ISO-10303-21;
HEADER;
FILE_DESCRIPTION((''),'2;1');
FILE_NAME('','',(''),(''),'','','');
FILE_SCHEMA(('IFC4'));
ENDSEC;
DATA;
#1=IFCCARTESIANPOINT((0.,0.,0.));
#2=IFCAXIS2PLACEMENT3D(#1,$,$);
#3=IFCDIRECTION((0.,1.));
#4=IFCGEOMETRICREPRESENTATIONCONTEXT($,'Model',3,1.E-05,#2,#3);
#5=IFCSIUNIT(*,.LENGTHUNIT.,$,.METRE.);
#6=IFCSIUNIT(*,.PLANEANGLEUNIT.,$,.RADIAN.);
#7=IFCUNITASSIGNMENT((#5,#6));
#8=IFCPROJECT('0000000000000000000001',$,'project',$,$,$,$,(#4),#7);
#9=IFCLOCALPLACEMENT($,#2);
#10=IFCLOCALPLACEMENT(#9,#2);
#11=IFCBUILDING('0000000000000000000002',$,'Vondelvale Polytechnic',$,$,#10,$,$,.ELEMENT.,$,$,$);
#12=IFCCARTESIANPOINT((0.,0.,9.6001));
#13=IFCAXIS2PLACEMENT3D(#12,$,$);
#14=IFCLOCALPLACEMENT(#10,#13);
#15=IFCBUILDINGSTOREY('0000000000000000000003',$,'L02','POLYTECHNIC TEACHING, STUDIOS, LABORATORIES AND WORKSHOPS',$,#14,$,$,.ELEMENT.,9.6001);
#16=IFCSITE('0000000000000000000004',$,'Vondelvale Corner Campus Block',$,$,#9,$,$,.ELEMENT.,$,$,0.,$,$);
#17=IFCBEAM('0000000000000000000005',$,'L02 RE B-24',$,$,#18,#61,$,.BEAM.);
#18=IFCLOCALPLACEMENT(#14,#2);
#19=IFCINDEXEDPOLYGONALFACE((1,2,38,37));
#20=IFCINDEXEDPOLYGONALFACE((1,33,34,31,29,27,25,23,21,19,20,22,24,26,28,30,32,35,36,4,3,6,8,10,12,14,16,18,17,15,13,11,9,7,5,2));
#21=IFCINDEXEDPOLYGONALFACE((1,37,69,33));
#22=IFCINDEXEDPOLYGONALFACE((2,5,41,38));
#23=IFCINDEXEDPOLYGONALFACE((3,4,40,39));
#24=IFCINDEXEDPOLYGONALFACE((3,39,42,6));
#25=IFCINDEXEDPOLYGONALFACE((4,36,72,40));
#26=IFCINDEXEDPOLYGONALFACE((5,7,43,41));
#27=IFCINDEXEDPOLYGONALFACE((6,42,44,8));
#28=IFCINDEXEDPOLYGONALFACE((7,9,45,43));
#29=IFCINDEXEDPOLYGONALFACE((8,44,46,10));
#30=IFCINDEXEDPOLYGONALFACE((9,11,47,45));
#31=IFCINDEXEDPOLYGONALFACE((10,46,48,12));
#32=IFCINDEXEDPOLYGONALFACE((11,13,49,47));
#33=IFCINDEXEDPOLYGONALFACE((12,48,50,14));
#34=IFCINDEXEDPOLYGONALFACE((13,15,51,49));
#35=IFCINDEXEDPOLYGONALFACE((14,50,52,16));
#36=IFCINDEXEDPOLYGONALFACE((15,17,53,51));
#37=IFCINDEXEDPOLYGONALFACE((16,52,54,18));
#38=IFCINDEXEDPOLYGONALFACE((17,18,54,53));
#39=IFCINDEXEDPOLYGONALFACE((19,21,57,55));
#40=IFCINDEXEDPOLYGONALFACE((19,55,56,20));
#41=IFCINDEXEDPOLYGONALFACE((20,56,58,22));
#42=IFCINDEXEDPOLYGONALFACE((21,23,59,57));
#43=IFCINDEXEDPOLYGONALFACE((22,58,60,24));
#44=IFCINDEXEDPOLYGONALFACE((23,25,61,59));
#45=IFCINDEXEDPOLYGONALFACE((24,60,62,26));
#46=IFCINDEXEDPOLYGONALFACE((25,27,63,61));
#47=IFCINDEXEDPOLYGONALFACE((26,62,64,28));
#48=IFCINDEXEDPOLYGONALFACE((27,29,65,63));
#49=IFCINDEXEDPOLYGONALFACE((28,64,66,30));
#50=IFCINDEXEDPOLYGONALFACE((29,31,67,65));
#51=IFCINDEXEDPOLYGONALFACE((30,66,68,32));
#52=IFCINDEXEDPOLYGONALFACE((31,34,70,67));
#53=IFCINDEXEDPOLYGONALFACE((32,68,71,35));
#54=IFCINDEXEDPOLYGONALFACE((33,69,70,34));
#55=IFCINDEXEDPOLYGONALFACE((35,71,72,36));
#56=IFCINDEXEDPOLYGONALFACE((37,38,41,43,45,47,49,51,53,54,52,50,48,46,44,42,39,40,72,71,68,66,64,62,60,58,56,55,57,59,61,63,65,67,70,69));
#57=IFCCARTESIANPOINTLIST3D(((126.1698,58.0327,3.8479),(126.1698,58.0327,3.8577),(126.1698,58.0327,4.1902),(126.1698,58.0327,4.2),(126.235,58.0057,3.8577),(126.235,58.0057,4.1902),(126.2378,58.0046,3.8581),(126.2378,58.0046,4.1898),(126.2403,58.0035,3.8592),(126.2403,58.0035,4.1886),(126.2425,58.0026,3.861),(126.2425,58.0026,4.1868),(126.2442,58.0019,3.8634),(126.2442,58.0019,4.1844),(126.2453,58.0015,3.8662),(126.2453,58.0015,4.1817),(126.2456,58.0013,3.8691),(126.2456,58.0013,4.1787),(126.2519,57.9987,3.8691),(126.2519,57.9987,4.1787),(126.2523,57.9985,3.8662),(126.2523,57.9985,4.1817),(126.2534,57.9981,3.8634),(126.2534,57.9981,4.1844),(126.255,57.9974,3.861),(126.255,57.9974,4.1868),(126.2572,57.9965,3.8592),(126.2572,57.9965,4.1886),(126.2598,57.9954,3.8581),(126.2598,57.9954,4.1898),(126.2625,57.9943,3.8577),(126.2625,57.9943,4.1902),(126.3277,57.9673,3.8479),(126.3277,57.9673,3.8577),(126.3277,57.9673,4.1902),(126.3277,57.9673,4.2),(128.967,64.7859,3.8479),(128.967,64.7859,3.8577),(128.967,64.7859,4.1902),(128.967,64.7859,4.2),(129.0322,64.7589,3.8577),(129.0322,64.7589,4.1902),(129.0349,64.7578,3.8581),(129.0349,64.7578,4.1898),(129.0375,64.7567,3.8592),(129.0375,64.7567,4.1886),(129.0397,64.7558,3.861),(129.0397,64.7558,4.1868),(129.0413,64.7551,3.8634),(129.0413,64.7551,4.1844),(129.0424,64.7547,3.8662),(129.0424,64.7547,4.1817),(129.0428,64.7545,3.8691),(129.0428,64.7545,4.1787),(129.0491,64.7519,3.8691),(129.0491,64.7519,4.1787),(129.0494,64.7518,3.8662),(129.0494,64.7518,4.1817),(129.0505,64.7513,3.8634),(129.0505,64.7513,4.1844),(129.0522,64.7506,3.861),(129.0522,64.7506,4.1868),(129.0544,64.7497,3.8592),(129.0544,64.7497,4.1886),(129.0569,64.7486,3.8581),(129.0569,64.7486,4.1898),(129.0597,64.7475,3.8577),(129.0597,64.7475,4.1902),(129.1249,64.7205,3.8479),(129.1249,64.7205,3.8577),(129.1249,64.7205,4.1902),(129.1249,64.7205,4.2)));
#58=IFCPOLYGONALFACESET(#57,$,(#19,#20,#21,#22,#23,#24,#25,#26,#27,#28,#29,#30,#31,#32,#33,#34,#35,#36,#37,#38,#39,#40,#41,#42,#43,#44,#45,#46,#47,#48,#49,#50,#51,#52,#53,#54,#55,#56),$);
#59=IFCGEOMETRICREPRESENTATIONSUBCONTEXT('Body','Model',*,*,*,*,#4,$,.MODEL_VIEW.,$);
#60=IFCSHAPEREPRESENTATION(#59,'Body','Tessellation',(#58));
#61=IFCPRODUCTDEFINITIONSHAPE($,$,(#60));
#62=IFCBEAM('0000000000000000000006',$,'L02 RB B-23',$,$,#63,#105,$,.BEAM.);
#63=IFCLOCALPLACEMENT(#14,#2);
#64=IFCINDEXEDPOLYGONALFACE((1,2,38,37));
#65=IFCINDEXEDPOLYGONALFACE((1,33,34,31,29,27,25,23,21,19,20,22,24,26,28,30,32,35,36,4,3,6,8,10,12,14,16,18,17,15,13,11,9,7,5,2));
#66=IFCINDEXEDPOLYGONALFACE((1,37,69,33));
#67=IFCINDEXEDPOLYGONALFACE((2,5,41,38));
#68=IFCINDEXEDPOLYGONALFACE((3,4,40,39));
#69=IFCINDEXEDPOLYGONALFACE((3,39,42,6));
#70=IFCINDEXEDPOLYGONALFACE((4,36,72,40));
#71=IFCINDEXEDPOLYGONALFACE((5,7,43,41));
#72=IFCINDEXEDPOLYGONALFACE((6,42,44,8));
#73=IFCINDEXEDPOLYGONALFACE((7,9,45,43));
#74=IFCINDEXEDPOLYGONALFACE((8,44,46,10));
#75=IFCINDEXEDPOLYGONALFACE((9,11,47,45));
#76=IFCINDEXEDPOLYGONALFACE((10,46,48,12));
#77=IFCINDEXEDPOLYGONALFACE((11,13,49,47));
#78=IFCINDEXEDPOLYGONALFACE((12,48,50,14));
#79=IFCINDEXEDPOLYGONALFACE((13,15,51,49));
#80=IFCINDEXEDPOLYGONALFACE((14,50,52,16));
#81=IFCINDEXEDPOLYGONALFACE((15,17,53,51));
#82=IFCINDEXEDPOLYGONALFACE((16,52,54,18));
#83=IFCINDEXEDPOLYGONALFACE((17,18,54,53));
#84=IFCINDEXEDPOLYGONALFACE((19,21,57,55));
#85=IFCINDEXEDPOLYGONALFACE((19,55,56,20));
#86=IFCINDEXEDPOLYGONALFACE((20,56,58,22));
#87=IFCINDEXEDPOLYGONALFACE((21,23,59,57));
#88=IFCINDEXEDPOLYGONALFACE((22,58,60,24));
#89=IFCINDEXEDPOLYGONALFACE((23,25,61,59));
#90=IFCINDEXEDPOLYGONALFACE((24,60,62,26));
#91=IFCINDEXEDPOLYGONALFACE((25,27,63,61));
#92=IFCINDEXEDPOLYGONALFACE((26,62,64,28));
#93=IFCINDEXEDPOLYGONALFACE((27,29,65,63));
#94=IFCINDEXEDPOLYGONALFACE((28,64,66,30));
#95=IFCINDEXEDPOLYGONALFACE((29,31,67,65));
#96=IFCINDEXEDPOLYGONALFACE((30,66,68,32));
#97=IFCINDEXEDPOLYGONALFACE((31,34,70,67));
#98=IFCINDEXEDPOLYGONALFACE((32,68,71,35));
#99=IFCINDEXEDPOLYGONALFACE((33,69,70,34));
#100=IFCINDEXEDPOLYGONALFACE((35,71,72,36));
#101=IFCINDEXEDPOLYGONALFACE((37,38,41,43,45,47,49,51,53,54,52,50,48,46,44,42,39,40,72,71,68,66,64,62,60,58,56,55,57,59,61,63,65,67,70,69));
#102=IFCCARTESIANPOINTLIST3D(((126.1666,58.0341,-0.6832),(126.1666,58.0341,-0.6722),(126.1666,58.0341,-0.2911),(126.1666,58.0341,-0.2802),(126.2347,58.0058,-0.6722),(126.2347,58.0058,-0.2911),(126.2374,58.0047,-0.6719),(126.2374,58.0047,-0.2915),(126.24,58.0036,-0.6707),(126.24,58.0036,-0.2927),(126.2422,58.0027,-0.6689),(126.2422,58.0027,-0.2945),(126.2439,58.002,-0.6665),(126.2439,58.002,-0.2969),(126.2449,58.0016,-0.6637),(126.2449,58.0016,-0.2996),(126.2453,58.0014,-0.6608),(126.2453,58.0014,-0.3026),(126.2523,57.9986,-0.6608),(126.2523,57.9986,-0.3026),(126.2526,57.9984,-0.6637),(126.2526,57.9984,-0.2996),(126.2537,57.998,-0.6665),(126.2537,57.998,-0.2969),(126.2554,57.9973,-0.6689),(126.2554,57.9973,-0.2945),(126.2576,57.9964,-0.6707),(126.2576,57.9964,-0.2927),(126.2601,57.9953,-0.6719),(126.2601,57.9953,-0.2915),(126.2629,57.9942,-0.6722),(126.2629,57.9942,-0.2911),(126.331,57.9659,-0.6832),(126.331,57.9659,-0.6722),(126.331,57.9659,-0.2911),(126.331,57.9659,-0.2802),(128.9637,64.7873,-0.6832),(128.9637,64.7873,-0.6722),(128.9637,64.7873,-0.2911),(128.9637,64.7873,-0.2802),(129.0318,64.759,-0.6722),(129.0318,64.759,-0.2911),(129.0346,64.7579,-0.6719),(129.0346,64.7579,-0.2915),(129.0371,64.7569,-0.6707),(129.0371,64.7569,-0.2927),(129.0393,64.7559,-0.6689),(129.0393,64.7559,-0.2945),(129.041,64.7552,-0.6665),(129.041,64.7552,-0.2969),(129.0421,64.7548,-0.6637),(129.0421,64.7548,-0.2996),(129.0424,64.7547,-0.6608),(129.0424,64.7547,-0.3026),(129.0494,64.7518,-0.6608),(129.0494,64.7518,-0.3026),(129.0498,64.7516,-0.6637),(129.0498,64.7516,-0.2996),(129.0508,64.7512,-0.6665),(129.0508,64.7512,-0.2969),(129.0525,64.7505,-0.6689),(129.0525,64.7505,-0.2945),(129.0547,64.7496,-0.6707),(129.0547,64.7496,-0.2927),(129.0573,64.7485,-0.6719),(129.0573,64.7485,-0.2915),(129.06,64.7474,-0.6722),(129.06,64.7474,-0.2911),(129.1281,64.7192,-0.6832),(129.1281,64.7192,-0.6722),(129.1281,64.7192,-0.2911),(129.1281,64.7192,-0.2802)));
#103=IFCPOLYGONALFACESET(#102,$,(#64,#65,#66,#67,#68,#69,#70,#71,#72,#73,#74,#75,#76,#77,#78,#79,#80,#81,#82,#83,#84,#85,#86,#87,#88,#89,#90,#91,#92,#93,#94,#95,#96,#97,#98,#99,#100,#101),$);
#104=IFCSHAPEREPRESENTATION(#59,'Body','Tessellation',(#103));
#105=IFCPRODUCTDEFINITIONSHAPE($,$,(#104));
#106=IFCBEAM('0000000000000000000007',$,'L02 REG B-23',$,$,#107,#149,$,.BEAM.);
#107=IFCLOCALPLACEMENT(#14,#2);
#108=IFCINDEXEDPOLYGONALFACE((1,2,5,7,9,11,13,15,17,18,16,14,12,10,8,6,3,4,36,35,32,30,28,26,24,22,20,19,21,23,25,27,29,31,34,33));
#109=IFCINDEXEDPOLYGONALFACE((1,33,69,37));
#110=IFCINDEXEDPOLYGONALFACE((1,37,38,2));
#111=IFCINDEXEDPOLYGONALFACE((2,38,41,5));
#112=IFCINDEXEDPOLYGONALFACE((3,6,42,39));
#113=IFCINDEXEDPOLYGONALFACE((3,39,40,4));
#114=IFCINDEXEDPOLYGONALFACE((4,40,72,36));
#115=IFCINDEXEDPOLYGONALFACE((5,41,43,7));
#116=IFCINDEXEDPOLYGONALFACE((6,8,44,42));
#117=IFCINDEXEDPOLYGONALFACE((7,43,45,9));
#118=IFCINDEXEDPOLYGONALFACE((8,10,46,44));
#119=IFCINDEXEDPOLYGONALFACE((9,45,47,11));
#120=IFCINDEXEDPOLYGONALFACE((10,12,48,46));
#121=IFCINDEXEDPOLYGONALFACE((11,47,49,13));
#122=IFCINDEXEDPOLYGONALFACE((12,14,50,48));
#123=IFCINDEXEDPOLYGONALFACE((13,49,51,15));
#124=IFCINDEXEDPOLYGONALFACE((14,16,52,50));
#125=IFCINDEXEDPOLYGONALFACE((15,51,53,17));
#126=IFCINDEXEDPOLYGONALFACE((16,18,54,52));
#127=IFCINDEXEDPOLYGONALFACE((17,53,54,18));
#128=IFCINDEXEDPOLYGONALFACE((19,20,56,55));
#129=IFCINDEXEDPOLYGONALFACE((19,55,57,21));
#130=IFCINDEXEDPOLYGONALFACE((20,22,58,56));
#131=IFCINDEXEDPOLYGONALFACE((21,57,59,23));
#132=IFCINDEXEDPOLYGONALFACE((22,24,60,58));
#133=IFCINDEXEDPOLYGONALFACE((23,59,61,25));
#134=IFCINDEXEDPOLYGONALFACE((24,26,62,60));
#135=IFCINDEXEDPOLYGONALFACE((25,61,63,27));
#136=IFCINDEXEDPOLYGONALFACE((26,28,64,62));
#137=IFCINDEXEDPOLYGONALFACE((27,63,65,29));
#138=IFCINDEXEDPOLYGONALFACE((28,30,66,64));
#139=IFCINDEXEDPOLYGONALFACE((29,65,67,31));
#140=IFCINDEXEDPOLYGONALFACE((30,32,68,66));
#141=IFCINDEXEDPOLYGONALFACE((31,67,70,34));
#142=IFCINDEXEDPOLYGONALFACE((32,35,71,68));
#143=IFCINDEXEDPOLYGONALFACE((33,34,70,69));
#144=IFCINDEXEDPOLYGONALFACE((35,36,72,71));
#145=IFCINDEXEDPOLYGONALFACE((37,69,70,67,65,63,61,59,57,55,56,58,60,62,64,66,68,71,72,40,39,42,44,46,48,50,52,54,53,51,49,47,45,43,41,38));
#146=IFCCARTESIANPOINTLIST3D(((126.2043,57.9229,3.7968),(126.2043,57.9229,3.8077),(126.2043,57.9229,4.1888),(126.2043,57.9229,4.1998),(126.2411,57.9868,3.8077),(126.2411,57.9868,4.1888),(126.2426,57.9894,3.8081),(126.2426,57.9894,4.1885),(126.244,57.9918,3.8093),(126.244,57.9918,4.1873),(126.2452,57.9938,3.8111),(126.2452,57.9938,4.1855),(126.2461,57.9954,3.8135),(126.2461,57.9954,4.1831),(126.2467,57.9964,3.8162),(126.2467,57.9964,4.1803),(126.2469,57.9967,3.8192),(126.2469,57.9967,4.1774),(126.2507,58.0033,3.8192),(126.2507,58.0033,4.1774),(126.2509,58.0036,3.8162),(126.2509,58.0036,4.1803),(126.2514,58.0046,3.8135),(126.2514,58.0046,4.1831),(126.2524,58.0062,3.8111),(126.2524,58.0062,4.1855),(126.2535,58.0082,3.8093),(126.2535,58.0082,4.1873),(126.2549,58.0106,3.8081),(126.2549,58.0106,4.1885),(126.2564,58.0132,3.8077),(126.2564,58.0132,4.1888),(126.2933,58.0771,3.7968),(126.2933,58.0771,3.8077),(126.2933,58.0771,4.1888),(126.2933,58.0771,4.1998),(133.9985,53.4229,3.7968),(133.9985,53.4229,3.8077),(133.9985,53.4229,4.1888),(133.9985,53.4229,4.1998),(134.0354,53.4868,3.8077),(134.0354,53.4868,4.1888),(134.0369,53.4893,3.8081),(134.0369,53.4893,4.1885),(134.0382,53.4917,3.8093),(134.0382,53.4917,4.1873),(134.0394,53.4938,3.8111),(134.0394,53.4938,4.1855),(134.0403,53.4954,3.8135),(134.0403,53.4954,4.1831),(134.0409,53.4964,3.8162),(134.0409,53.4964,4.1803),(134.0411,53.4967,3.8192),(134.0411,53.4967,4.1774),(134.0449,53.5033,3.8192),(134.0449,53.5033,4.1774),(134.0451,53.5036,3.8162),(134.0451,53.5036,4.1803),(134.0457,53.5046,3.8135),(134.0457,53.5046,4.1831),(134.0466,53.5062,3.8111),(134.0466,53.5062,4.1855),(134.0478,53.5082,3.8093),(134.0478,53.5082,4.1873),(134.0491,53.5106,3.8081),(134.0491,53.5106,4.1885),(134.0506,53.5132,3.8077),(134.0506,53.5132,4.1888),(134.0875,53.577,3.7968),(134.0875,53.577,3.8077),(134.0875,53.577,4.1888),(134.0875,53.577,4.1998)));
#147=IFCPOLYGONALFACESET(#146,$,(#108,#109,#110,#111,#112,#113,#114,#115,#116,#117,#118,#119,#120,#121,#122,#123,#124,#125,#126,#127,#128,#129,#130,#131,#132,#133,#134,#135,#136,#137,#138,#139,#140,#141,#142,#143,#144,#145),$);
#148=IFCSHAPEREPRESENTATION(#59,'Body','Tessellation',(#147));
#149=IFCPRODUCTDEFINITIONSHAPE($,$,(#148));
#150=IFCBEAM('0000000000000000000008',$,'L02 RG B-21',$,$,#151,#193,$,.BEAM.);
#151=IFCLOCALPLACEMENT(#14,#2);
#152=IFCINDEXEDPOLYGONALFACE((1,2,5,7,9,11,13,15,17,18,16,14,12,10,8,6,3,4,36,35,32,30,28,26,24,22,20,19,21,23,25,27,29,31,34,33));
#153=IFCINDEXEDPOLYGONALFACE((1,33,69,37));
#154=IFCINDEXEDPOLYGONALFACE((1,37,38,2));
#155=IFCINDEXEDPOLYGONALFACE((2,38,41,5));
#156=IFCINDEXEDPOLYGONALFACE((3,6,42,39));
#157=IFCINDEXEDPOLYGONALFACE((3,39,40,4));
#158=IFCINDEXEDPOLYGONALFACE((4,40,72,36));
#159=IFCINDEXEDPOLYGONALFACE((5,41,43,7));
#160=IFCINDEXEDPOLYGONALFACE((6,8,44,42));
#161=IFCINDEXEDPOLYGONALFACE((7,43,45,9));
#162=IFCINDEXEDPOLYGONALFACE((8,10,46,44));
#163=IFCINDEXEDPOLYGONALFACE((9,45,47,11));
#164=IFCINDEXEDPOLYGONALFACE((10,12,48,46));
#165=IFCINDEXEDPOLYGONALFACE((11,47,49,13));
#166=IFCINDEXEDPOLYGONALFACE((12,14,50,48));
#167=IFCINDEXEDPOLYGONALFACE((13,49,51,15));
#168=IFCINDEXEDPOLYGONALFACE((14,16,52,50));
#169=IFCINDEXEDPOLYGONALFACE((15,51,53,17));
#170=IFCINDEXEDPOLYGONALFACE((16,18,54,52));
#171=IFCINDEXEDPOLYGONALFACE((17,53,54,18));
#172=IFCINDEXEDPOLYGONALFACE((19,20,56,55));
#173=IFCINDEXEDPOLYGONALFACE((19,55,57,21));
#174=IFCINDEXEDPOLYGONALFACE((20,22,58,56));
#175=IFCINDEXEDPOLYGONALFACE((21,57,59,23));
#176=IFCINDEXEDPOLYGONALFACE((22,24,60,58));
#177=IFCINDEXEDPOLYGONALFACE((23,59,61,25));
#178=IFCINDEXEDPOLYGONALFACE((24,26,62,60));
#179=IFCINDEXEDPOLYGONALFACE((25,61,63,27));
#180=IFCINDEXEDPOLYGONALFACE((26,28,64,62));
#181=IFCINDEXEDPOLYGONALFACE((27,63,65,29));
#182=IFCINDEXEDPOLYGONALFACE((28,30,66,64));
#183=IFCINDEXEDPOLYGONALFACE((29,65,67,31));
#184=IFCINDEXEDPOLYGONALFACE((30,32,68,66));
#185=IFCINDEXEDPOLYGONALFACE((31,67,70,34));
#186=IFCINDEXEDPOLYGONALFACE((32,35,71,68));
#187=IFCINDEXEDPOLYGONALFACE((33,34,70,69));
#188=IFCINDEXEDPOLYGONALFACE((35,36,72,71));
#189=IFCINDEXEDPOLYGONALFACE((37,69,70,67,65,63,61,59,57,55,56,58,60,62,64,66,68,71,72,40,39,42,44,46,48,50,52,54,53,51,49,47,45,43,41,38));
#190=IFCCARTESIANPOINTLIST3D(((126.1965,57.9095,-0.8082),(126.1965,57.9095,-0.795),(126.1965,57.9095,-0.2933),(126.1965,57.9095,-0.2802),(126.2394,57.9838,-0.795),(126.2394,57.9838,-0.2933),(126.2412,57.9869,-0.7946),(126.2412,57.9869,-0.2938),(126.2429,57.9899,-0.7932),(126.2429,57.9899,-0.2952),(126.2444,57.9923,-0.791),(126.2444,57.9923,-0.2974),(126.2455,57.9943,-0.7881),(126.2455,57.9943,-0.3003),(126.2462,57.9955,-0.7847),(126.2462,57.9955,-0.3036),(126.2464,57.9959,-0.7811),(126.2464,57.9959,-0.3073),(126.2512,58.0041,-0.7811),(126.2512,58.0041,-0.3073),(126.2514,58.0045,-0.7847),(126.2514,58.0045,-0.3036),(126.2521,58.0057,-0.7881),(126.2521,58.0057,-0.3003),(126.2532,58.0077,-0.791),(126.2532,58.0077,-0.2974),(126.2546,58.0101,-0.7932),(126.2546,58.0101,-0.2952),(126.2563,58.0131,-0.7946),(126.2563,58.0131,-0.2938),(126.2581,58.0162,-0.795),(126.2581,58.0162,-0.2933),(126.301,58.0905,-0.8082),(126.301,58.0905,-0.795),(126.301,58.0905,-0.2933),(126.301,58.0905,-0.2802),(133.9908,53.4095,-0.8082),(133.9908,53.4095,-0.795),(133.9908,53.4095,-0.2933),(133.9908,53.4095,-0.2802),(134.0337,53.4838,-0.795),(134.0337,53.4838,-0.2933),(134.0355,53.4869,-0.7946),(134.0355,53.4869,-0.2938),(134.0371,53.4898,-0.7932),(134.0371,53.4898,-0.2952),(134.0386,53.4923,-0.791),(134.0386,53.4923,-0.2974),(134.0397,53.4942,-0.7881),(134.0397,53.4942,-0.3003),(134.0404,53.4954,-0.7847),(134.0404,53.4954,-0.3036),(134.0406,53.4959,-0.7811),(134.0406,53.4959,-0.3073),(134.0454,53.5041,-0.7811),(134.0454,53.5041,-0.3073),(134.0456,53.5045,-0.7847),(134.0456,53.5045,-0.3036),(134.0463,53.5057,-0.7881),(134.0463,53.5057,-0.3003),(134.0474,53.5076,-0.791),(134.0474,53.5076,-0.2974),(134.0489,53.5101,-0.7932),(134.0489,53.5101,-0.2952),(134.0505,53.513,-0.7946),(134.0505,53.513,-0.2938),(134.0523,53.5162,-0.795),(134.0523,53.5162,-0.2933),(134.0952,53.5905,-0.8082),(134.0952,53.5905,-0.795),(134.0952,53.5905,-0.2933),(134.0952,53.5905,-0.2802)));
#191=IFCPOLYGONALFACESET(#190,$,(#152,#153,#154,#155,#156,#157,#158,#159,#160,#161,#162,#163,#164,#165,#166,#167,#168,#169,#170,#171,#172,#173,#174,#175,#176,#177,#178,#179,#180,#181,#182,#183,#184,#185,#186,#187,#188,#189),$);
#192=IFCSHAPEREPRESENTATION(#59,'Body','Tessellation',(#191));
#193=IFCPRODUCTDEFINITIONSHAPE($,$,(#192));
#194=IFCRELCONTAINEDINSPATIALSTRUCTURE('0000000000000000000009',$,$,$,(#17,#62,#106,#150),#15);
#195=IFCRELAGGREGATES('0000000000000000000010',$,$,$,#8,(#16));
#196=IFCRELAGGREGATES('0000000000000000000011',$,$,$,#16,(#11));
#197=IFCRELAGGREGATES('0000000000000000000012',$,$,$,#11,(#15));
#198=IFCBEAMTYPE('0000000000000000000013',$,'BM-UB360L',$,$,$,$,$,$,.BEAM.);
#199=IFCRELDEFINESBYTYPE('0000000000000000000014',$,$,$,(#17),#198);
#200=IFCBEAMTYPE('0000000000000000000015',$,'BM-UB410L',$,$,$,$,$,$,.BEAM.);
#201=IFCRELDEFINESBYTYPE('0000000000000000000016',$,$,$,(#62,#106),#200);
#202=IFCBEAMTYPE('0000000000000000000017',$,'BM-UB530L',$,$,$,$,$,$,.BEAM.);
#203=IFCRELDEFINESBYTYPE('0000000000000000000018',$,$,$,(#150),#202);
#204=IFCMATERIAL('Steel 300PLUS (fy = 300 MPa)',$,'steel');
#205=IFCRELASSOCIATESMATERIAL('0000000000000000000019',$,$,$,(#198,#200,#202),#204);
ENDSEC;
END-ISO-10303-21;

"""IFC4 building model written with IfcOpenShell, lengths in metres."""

from ifc_helpers import new_model, si_unit, direction, frame, origin, origin_2d, place, context, subcontext, project, spatial, i_section, extrude, material, material_profile, profile_set, type_object, element, save


model = new_model("IFC4")

# Units and contexts
model_context = context("Model", 3, precision=1e-05, world=origin(), true_north=direction((0.0, 1.0)))
body_context = subcontext(model_context, "Body", "Model", "MODEL_VIEW")
ifc_project = project(units=[si_unit("LENGTHUNIT", "METRE"), si_unit("PLANEANGLEUNIT", "RADIAN")], contexts=[model_context])

# Site, building, storey
site_placement = place(None, origin())
site = spatial("IfcSite", under=ifc_project, at=site_placement, Name="Vondelvale Corner Campus Block", CompositionType="ELEMENT", RefElevation=0.0)
building_placement = place(site_placement, origin())
building = spatial("IfcBuilding", under=site, at=building_placement, Name="Vondelvale Polytechnic", CompositionType="ELEMENT")
storey_placement = place(building_placement, frame((0.0, 0.0, 9.6001)))
storey = spatial("IfcBuildingStorey", under=building, at=storey_placement, Name="L02", Description="POLYTECHNIC TEACHING, STUDIOS, LABORATORIES AND WORKSHOPS", CompositionType="ELEMENT", Elevation=9.6001)

# Beams
ifc_material_1 = material(Name="Steel 300PLUS (fy = 300 MPa)", Category="steel")
ifc_material_profile_1 = material_profile(ifc_material_1, i_section(OverallWidth=0.1709, OverallDepth=0.3521, WebThickness=0.0068, FlangeThickness=0.0098, FilletRadius=0.0115, at=origin_2d()), Name="360UB44.7")
ifc_profile_set_1 = profile_set([ifc_material_profile_1], Name="Steel 300PLUS (fy = 300 MPa)")
beam_type_1 = type_object("IfcBeamType", Name="BM-UB360L", PredefinedType="BEAM", material=ifc_profile_set_1)
beam_1_placement = place(storey_placement, frame((126.2488, 58.0, 4.0239), z_axis=(0.382667, 0.923886, 0.0), x_axis=(-0.923886, 0.382667, 0.0)))
element("IfcBeam", 1, at=beam_1_placement, inside=storey, type_object=beam_type_1, Name="L02 RE B-24", PredefinedType="BEAM", context=body_context, shape_type="SweptSolid", body=[
    extrude(i_section(OverallWidth=0.1709, OverallDepth=0.3521, WebThickness=0.0068, FlangeThickness=0.0098, FilletRadius=0.0115, at=origin_2d()), origin(), (0.0, 0.0, 1.0), 7.3096),
])
ifc_material_profile_2 = material_profile(ifc_material_1, i_section(OverallWidth=0.178, OverallDepth=0.4031, WebThickness=0.0076, FlangeThickness=0.011, FilletRadius=0.0115, at=origin_2d()), Name="410UB53.7")
ifc_profile_set_2 = profile_set([ifc_material_profile_2], Name="Steel 300PLUS (fy = 300 MPa)")
beam_type_2 = type_object("IfcBeamType", Name="BM-UB410L", PredefinedType="BEAM", material=ifc_profile_set_2)
beam_2_placement = place(storey_placement, frame((126.2488, 58.0, -0.4817), z_axis=(0.382667, 0.923886, 0.0), x_axis=(-0.923886, 0.382667, 0.0)))
element("IfcBeam", 2, at=beam_2_placement, inside=storey, type_object=beam_type_2, Name="L02 RB B-23", PredefinedType="BEAM", context=body_context, shape_type="SweptSolid", body=[
    extrude(i_section(OverallWidth=0.178, OverallDepth=0.4031, WebThickness=0.0076, FlangeThickness=0.011, FilletRadius=0.0115, at=origin_2d()), origin(), (0.0, 0.0, 1.0), 7.3096),
])
beam_3_placement = place(storey_placement, frame((126.2488, 58.0, 3.9983), z_axis=(0.866024, -0.500002, 0.0), x_axis=(0.500002, 0.866024, 0.0)))
element("IfcBeam", 3, at=beam_3_placement, inside=storey, type_object=beam_type_2, Name="L02 REG B-23", PredefinedType="BEAM", context=body_context, shape_type="SweptSolid", body=[
    extrude(i_section(OverallWidth=0.178, OverallDepth=0.4031, WebThickness=0.0076, FlangeThickness=0.011, FilletRadius=0.0115, at=origin_2d()), origin(), (0.0, 0.0, 1.0), 9.0),
])
ifc_material_profile_3 = material_profile(ifc_material_1, i_section(OverallWidth=0.209, OverallDepth=0.5281, WebThickness=0.0095, FlangeThickness=0.0132, FilletRadius=0.0139, at=origin_2d()), Name="530UB82.0")
ifc_profile_set_3 = profile_set([ifc_material_profile_3], Name="Steel 300PLUS (fy = 300 MPa)")
beam_type_3 = type_object("IfcBeamType", Name="BM-UB530L", PredefinedType="BEAM", material=ifc_profile_set_3)
beam_4_placement = place(storey_placement, frame((126.2488, 58.0, -0.5442), z_axis=(0.866024, -0.500002, 0.0), x_axis=(0.500002, 0.866024, 0.0)))
element("IfcBeam", 4, at=beam_4_placement, inside=storey, type_object=beam_type_3, Name="L02 RG B-21", PredefinedType="BEAM", context=body_context, shape_type="SweptSolid", body=[
    extrude(i_section(OverallWidth=0.209, OverallDepth=0.5281, WebThickness=0.0095, FlangeThickness=0.0132, FilletRadius=0.0139, at=origin_2d()), origin(), (0.0, 0.0, 1.0), 9.0),
])

save(model, "model.ifc")
